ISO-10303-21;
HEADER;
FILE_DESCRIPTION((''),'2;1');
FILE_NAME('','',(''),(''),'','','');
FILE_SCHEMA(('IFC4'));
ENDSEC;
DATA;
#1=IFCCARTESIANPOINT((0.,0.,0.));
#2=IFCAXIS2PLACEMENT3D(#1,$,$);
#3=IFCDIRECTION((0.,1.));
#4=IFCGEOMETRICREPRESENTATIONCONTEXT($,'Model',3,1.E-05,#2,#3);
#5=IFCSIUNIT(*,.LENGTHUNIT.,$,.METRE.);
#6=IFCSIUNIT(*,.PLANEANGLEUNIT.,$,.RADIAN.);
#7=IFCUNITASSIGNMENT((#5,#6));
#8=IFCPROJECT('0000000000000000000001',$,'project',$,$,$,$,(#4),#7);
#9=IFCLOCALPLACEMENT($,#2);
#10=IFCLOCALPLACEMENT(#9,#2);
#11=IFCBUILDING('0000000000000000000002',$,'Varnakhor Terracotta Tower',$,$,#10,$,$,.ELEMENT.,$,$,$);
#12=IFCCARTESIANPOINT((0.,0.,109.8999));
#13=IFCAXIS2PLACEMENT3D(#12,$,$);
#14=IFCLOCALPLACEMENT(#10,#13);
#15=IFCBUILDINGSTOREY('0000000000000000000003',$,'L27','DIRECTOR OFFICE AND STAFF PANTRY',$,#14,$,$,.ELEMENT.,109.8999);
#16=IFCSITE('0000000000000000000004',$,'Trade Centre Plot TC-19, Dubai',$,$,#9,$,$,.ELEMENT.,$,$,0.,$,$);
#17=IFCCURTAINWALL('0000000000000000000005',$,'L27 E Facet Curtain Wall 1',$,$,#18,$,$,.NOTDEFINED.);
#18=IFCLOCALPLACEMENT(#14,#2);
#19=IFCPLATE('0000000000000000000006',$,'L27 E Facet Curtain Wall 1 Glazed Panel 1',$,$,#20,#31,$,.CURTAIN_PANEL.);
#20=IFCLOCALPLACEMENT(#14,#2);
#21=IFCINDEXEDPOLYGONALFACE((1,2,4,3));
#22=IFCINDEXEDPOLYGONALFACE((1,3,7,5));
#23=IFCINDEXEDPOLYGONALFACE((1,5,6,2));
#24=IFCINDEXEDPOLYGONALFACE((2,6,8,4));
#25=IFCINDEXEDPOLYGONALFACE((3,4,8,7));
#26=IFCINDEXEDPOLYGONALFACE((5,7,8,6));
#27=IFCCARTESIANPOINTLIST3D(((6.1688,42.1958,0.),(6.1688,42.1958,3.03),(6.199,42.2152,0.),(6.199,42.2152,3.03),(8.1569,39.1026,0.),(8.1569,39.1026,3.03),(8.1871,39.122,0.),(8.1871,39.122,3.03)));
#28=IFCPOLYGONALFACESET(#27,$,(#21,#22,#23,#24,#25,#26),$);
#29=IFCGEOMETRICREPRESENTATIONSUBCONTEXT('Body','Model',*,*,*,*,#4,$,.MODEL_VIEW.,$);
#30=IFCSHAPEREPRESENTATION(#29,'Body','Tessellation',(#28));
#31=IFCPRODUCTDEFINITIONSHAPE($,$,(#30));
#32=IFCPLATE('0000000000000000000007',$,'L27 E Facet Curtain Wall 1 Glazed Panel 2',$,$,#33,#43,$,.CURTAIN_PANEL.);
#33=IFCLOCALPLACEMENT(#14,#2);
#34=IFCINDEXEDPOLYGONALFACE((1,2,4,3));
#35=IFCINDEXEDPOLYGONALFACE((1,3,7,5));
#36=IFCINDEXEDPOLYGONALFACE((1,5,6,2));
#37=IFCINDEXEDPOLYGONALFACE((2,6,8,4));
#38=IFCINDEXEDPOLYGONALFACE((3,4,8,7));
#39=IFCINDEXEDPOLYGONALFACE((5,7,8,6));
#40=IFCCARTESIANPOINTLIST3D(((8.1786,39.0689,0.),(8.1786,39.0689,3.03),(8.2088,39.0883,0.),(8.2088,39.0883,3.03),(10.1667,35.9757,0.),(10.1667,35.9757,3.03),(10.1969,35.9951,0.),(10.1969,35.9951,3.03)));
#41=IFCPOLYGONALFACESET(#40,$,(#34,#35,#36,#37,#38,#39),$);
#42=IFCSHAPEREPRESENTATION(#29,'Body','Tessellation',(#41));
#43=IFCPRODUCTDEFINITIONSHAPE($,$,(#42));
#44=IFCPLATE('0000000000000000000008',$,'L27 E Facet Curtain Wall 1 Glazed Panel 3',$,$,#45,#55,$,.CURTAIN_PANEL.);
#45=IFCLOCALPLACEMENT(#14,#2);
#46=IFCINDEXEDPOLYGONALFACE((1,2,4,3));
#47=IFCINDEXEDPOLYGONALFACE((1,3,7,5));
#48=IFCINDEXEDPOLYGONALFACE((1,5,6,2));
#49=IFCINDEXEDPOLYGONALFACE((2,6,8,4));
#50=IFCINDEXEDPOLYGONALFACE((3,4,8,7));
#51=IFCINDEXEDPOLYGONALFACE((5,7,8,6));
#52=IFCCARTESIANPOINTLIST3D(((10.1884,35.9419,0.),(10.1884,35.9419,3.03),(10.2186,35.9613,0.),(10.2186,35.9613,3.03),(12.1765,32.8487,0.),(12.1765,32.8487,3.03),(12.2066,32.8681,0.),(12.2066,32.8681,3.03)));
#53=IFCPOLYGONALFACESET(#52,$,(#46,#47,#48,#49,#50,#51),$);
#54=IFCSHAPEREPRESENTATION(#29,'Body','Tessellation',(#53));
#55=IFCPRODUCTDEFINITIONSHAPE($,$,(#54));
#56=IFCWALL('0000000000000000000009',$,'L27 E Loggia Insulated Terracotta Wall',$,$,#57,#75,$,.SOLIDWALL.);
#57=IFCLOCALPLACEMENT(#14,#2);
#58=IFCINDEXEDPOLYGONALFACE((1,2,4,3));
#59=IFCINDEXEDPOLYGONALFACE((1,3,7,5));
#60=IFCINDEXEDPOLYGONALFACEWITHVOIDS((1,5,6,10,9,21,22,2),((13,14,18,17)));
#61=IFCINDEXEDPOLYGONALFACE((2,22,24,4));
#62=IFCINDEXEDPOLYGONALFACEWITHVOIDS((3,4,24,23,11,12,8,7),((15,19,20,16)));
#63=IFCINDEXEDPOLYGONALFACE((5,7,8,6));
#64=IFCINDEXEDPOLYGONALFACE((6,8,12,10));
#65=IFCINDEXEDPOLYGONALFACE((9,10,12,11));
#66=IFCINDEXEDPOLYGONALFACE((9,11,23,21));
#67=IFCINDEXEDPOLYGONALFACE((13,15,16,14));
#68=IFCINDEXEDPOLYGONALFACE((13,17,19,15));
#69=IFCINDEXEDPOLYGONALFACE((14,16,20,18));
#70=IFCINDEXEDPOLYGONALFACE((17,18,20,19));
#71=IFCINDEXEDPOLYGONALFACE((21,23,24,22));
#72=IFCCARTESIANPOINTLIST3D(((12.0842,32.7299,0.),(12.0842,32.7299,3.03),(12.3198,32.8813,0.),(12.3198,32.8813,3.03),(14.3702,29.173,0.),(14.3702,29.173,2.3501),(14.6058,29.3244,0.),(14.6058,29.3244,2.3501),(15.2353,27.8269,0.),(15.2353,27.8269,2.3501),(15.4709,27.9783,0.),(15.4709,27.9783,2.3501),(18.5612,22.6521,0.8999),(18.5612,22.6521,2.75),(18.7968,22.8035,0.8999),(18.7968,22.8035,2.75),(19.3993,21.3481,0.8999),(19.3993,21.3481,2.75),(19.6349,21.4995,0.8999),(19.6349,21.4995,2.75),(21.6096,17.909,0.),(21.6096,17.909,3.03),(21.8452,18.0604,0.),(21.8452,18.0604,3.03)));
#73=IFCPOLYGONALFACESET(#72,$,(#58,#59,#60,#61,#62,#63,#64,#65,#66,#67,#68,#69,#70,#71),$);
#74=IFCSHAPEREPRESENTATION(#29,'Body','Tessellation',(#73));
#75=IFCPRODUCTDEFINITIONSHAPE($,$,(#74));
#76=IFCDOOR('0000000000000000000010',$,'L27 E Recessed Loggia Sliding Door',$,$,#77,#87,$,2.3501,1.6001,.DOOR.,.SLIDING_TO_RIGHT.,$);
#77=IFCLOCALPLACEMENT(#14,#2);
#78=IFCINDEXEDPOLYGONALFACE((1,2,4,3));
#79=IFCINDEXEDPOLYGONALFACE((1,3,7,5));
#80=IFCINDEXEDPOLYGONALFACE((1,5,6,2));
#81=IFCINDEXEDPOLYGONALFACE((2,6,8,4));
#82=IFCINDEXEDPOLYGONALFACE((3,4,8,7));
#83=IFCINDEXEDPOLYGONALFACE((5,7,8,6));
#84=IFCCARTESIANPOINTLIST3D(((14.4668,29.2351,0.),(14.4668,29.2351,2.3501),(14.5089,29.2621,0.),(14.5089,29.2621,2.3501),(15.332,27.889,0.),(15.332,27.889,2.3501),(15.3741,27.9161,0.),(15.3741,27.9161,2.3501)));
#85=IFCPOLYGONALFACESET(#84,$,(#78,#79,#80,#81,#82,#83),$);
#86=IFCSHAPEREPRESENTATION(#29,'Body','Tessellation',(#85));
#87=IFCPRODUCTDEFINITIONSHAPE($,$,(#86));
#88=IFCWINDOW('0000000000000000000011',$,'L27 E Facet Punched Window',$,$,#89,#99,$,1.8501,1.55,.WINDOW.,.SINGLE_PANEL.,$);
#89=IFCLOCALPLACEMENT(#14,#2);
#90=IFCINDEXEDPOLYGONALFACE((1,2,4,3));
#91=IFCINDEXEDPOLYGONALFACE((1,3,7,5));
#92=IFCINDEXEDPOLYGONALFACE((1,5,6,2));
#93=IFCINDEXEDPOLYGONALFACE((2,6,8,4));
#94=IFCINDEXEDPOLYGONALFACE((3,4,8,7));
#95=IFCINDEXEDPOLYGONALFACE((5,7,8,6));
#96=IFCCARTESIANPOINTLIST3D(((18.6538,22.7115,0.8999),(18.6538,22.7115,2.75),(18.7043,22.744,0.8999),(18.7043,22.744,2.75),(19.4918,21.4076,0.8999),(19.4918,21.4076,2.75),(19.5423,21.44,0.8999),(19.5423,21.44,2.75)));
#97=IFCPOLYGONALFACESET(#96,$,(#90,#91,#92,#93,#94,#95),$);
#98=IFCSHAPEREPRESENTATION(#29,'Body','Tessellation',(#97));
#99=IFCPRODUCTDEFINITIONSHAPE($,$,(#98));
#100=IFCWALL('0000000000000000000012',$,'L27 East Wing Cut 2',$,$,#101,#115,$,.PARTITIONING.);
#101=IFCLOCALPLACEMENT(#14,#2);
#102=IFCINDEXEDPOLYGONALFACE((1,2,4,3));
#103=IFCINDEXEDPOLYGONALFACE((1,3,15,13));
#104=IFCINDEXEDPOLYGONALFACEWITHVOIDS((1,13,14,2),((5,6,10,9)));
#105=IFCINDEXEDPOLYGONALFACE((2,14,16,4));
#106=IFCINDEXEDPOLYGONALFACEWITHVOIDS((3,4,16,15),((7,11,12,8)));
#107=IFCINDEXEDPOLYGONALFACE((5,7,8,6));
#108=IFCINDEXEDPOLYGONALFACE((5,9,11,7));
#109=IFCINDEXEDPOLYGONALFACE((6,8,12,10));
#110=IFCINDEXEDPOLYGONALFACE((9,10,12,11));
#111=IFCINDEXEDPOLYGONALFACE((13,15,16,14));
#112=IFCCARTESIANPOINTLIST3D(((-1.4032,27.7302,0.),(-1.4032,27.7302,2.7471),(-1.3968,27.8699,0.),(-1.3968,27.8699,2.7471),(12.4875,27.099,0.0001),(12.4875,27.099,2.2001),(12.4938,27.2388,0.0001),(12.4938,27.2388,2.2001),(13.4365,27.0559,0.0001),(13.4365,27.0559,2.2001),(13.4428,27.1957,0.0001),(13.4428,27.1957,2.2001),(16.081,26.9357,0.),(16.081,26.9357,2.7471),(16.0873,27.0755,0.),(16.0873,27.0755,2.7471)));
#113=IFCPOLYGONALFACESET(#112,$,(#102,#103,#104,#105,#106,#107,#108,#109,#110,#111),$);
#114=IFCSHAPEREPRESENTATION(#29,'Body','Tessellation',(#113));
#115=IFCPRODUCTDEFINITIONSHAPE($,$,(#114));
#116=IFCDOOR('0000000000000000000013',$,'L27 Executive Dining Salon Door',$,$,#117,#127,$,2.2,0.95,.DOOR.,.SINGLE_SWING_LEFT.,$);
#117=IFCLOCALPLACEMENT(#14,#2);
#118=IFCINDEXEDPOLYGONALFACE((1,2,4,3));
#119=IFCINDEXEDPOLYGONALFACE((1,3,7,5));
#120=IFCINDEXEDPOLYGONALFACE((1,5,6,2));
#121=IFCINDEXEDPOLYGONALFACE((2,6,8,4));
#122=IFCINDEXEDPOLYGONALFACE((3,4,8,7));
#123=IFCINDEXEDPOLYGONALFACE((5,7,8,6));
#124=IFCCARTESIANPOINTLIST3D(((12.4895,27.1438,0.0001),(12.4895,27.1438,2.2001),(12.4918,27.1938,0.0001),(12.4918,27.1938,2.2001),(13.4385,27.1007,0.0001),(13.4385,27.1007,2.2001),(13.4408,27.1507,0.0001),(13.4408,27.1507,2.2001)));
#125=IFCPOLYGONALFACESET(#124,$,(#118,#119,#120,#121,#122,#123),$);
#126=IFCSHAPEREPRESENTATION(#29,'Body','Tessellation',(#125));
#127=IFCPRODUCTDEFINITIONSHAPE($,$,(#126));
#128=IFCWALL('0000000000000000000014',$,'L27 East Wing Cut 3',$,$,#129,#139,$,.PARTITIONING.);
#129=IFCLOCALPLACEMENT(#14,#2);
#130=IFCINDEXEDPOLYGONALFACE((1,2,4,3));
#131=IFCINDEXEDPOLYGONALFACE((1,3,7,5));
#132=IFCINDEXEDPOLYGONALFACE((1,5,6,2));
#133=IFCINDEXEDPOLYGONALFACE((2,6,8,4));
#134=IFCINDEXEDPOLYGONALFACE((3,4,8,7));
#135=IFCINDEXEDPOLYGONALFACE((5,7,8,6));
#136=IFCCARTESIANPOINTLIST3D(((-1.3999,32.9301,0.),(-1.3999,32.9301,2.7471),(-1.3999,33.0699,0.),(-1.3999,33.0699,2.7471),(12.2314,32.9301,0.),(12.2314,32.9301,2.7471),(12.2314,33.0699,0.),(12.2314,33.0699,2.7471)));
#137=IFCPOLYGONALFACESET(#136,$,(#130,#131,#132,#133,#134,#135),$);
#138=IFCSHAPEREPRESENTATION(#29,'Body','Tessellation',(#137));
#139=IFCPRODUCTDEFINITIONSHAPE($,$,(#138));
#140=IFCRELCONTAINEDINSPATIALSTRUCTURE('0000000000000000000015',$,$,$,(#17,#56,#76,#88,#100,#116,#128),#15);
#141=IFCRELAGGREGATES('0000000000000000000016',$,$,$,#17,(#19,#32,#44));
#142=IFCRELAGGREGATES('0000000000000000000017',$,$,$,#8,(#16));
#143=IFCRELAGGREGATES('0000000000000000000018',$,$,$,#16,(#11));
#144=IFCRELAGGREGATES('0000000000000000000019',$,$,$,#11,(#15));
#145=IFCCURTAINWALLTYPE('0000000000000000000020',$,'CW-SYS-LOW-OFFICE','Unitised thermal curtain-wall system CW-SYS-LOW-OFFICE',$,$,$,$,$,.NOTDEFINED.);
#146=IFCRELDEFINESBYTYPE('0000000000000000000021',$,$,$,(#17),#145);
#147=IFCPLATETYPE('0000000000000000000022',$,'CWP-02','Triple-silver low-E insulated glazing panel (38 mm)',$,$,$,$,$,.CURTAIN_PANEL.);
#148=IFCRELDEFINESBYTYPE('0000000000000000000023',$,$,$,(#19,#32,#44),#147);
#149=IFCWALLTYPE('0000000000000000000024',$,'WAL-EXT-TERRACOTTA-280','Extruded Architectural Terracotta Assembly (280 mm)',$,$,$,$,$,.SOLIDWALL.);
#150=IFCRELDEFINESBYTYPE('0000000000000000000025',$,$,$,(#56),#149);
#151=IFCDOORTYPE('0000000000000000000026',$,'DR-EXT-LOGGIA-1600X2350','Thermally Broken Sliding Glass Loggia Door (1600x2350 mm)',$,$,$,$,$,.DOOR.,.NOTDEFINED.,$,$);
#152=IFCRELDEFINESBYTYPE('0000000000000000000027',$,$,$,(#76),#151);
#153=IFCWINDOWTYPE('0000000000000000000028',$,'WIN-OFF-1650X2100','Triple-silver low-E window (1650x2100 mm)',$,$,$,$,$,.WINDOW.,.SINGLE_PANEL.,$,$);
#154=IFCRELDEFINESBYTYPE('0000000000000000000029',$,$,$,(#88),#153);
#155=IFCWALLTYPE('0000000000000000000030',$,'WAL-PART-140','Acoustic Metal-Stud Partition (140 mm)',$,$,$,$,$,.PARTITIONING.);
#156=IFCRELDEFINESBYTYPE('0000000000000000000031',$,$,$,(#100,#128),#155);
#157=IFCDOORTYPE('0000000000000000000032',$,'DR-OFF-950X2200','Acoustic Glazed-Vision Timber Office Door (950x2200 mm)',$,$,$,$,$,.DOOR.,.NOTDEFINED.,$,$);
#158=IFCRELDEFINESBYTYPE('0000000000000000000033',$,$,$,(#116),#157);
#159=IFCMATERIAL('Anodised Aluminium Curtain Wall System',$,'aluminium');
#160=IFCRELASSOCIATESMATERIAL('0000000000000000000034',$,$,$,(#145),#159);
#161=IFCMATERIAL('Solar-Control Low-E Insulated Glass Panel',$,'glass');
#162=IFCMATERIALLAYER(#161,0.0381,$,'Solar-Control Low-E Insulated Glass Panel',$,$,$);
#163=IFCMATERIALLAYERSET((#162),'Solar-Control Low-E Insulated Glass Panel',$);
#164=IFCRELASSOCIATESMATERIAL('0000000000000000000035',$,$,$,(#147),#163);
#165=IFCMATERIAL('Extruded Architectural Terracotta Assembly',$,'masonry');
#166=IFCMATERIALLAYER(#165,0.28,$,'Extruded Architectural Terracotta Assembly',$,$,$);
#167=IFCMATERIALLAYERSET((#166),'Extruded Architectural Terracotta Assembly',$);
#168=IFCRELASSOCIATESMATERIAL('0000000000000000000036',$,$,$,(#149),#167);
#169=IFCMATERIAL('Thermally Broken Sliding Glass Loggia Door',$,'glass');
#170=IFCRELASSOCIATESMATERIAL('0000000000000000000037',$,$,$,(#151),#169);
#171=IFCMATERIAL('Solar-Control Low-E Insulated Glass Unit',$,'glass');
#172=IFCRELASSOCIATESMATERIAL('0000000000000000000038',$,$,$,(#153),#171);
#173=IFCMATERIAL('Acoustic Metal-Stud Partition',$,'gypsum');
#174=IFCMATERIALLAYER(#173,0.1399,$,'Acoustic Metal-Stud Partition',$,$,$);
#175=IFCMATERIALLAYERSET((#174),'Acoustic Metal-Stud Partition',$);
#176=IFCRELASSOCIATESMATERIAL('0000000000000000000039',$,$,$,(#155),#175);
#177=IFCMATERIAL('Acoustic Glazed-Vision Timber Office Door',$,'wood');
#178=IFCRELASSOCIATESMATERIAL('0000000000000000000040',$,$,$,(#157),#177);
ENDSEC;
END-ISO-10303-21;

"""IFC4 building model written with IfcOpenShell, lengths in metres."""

from ifc_helpers import new_model, si_unit, direction, frame, frame_2d, origin, origin_2d, place, context, subcontext, project, spatial, rectangle, extrude, source, transform, mapped, material, layer, layer_set, type_object, type_shapes, element, fill, aggregate, save


model = new_model("IFC4")

# Units and contexts
model_context = context("Model", 3, precision=1e-05, world=origin(), true_north=direction((0.0, 1.0)))
body_context = subcontext(model_context, "Body", "Model", "MODEL_VIEW")
ifc_project = project(units=[si_unit("LENGTHUNIT", "METRE"), si_unit("PLANEANGLEUNIT", "RADIAN")], contexts=[model_context])

# Site, building, storey
site_placement = place(None, origin())
site = spatial("IfcSite", under=ifc_project, at=site_placement, Name="Trade Centre Plot TC-19, Dubai", CompositionType="ELEMENT", RefElevation=0.0)
building_placement = place(site_placement, origin())
building = spatial("IfcBuilding", under=site, at=building_placement, Name="Varnakhor Terracotta Tower", CompositionType="ELEMENT")
storey_placement = place(building_placement, frame((0.0, 0.0, 109.8999)))
storey = spatial("IfcBuildingStorey", under=building, at=storey_placement, Name="L27", Description="DIRECTOR OFFICE AND STAFF PANTRY", CompositionType="ELEMENT", Elevation=109.8999)

# Curtain wall
ifc_material_1 = material(Name="Anodised Aluminium Curtain Wall System", Category="aluminium")
curtain_wall_type = type_object("IfcCurtainWallType", Name="CW-SYS-LOW-OFFICE", Description="Unitised thermal curtain-wall system CW-SYS-LOW-OFFICE", PredefinedType="NOTDEFINED", material=ifc_material_1)
curtain_wall_1_placement = place(storey_placement, origin())
curtain_wall_1 = element("IfcCurtainWall", 1, at=curtain_wall_1_placement, inside=storey, type_object=curtain_wall_type, Name="L27 E Facet Curtain Wall 1", PredefinedType="NOTDEFINED")

# Plates
ifc_material_2 = material(Name="Solar-Control Low-E Insulated Glass Panel", Category="glass")
ifc_layer_1 = layer(ifc_material_2, 0.0381, Name="Solar-Control Low-E Insulated Glass Panel")
ifc_layer_set_1 = layer_set([ifc_layer_1], Name="Solar-Control Low-E Insulated Glass Panel")
plate_type = type_object("IfcPlateType", Name="CWP-02", Description="Triple-silver low-E insulated glazing panel (38 mm)", PredefinedType="CURTAIN_PANEL", material=ifc_layer_set_1)
shared_shape_1 = source(origin(), body_context, "Body", "SweptSolid", [
    extrude(rectangle(XDim=3.677, YDim=0.0359, at=origin_2d()), origin(), (0.0, 0.0, 1.0), 3.03),
])
plate_1_placement = place(storey_placement, frame((7.178, 40.6589, 0.0), z_axis=(0.0, 0.0, 1.0), x_axis=(0.540681, -0.841228, 0.0)))
plate_1 = element("IfcPlate", 2, at=plate_1_placement, type_object=plate_type, Name="L27 E Facet Curtain Wall 1 Glazed Panel 1", PredefinedType="CURTAIN_PANEL", context=body_context, shape_type="MappedRepresentation", body=[
    mapped(shared_shape_1, transform((0.0, 0.0, 0.0), scale=1.0)),
])
plate_2_placement = place(storey_placement, frame((9.1877, 37.532, 0.0), z_axis=(0.0, 0.0, 1.0), x_axis=(0.540681, -0.841228, 0.0)))
plate_2 = element("IfcPlate", 3, at=plate_2_placement, type_object=plate_type, Name="L27 E Facet Curtain Wall 1 Glazed Panel 2", PredefinedType="CURTAIN_PANEL", context=body_context, shape_type="MappedRepresentation", body=[
    mapped(shared_shape_1, transform((0.0, 0.0, 0.0), scale=1.0)),
])
plate_3_placement = place(storey_placement, frame((11.1975, 34.405, 0.0), z_axis=(0.0, 0.0, 1.0), x_axis=(0.540681, -0.841228, 0.0)))
plate_3 = element("IfcPlate", 4, at=plate_3_placement, type_object=plate_type, Name="L27 E Facet Curtain Wall 1 Glazed Panel 3", PredefinedType="CURTAIN_PANEL", context=body_context, shape_type="MappedRepresentation", body=[
    mapped(shared_shape_1, transform((0.0, 0.0, 0.0), scale=1.0)),
])
aggregate(curtain_wall_1, [plate_1, plate_2, plate_3])

# Wall, openings, door, window
ifc_material_3 = material(Name="Extruded Architectural Terracotta Assembly", Category="masonry")
ifc_layer_2 = layer(ifc_material_3, 0.28, Name="Extruded Architectural Terracotta Assembly")
ifc_layer_set_2 = layer_set([ifc_layer_2], Name="Extruded Architectural Terracotta Assembly")
wall_type_1 = type_object("IfcWallType", Name="WAL-EXT-TERRACOTTA-280", Description="Extruded Architectural Terracotta Assembly (280 mm)", PredefinedType="SOLIDWALL", material=ifc_layer_set_2)
wall_1_placement = place(storey_placement, frame((12.2019, 32.8057, 0.0), z_axis=(0.0, 0.0, 1.0), x_axis=(0.540667, -0.841237, 0.0)))
wall_1 = element("IfcWall", 5, at=wall_1_placement, inside=storey, type_object=wall_type_1, Name="L27 E Loggia Insulated Terracotta Wall", PredefinedType="SOLIDWALL", context=body_context, shape_type="SweptSolid", body=[
    extrude(rectangle(XDim=17.6179, YDim=0.28, at=frame_2d((8.8091, 0.0))), origin(), (0.0, 0.0, 1.0), 3.03),
])
opening_1_placement = place(wall_1_placement, frame((4.2283, 0.0, 0.0)))
opening_1 = element("IfcOpeningElement", 6, at=opening_1_placement, cuts=wall_1, PredefinedType="OPENING", context=body_context, shape_type="SweptSolid", body=[
    extrude(rectangle(XDim=1.6001, YDim=2.3501, at=frame_2d((0.8, 1.175))), frame((0.0, 0.1499, 0.0), z_axis=(0.0, -1.0, 0.0), x_axis=(1.0, 0.0, 0.0)), (0.0, 0.0, 1.0), 0.3),
])
opening_2_placement = place(wall_1_placement, frame((11.98, 0.0, 0.8999)))
opening_2 = element("IfcOpeningElement", 7, at=opening_2_placement, cuts=wall_1, PredefinedType="OPENING", context=body_context, shape_type="SweptSolid", body=[
    extrude(rectangle(XDim=1.55, YDim=1.8501, at=frame_2d((0.7749, 0.925))), frame((0.0, 0.1499, 0.0), z_axis=(0.0, -1.0, 0.0), x_axis=(1.0, 0.0, 0.0)), (0.0, 0.0, 1.0), 0.3),
])
ifc_material_4 = material(Name="Thermally Broken Sliding Glass Loggia Door", Category="glass")
door_type_1 = type_object("IfcDoorType", Name="DR-EXT-LOGGIA-1600X2350", Description="Thermally Broken Sliding Glass Loggia Door (1600x2350 mm)", OperationType="NOTDEFINED", PredefinedType="DOOR", material=ifc_material_4)
shared_shape_2 = source(origin(), body_context, "Body", "SweptSolid", [
    extrude(rectangle(XDim=1.6001, YDim=2.3501, at=frame_2d((0.8, 1.175))), frame((0.0, 0.0249, 0.0), z_axis=(0.0, -1.0, 0.0), x_axis=(1.0, 0.0, 0.0)), (0.0, 0.0, 1.0), 0.05),
])
type_shapes(door_type_1, [shared_shape_2])
door_1_placement = place(opening_1_placement, origin())
door_1 = element("IfcDoor", 8, at=door_1_placement, inside=storey, type_object=door_type_1, Name="L27 E Recessed Loggia Sliding Door", OperationType="SLIDING_TO_RIGHT", OverallHeight=2.3501, OverallWidth=1.6001, PredefinedType="DOOR", context=body_context, shape_type="MappedRepresentation", body=[
    mapped(shared_shape_2, transform((0.0, 0.0, 0.0), scale=1.0)),
])
fill(opening_1, door_1)
ifc_material_5 = material(Name="Solar-Control Low-E Insulated Glass Unit", Category="glass")
window_type = type_object("IfcWindowType", Name="WIN-OFF-1650X2100", Description="Triple-silver low-E window (1650x2100 mm)", PartitioningType="SINGLE_PANEL", PredefinedType="WINDOW", material=ifc_material_5)
shared_shape_3 = source(origin(), body_context, "Body", "SweptSolid", [
    extrude(rectangle(XDim=1.55, YDim=1.8501, at=frame_2d((0.7749, 0.925))), frame((0.0, 0.03, 0.0), z_axis=(0.0, -1.0, 0.0), x_axis=(1.0, 0.0, 0.0)), (0.0, 0.0, 1.0), 0.0601),
])
type_shapes(window_type, [shared_shape_3])
window_placement = place(opening_2_placement, origin())
window = element("IfcWindow", 9, at=window_placement, inside=storey, type_object=window_type, Name="L27 E Facet Punched Window", OverallHeight=1.8501, OverallWidth=1.55, PartitioningType="SINGLE_PANEL", PredefinedType="WINDOW", context=body_context, shape_type="MappedRepresentation", body=[
    mapped(shared_shape_3, transform((0.0, 0.0, 0.0), scale=1.0)),
])
fill(opening_2, window)

# Wall, opening, door
ifc_material_6 = material(Name="Acoustic Metal-Stud Partition", Category="gypsum")
ifc_layer_3 = layer(ifc_material_6, 0.1399, Name="Acoustic Metal-Stud Partition")
ifc_layer_set_3 = layer_set([ifc_layer_3], Name="Acoustic Metal-Stud Partition")
wall_type_2 = type_object("IfcWallType", Name="WAL-PART-140", Description="Acoustic Metal-Stud Partition (140 mm)", PredefinedType="PARTITIONING", material=ifc_layer_set_3)
wall_2_placement = place(storey_placement, frame((-1.3999, 27.8, 0.0), z_axis=(0.0, 0.0, 1.0), x_axis=(0.998969, -0.045391, 0.0)))
wall_2 = element("IfcWall", 10, at=wall_2_placement, inside=storey, type_object=wall_type_2, Name="L27 East Wing Cut 2", PredefinedType="PARTITIONING", context=body_context, shape_type="SweptSolid", body=[
    extrude(rectangle(XDim=17.5022, YDim=0.1399, at=frame_2d((8.751, 0.0))), origin(), (0.0, 0.0, 1.0), 2.7471),
])
opening_3_placement = place(wall_2_placement, frame((13.9048, 0.0, 0.0)))
opening_3 = element("IfcOpeningElement", 11, at=opening_3_placement, cuts=wall_2, PredefinedType="OPENING", context=body_context, shape_type="SweptSolid", body=[
    extrude(rectangle(XDim=0.95, YDim=2.2, at=frame_2d((0.4751, 1.1001))), frame((0.0, 0.0801, 0.0), z_axis=(0.0, -1.0, 0.0), x_axis=(1.0, 0.0, 0.0)), (0.0, 0.0, 1.0), 0.1599),
])
ifc_material_7 = material(Name="Acoustic Glazed-Vision Timber Office Door", Category="wood")
door_type_2 = type_object("IfcDoorType", Name="DR-OFF-950X2200", Description="Acoustic Glazed-Vision Timber Office Door (950x2200 mm)", OperationType="NOTDEFINED", PredefinedType="DOOR", material=ifc_material_7)
shared_shape_4 = source(origin(), body_context, "Body", "SweptSolid", [
    extrude(rectangle(XDim=0.95, YDim=2.2, at=frame_2d((0.4751, 1.1001))), frame((0.0, 0.0249, 0.0), z_axis=(0.0, -1.0, 0.0), x_axis=(1.0, 0.0, 0.0)), (0.0, 0.0, 1.0), 0.05),
])
type_shapes(door_type_2, [shared_shape_4])
door_2_placement = place(opening_3_placement, origin())
door_2 = element("IfcDoor", 12, at=door_2_placement, inside=storey, type_object=door_type_2, Name="L27 Executive Dining Salon Door", OperationType="SINGLE_SWING_LEFT", OverallHeight=2.2, OverallWidth=0.95, PredefinedType="DOOR", context=body_context, shape_type="MappedRepresentation", body=[
    mapped(shared_shape_4, transform((0.0, 0.0, 0.0), scale=1.0)),
])
fill(opening_3, door_2)

# Wall
wall_3_placement = place(storey_placement, frame((-1.3999, 33.0, 0.0), z_axis=(0.0, 0.0, 1.0), x_axis=(1.0, 0.0, 0.0)))
element("IfcWall", 13, at=wall_3_placement, inside=storey, type_object=wall_type_2, Name="L27 East Wing Cut 3", PredefinedType="PARTITIONING", context=body_context, shape_type="SweptSolid", body=[
    extrude(rectangle(XDim=13.6313, YDim=0.1399, at=frame_2d((6.8157, 0.0))), origin(), (0.0, 0.0, 1.0), 2.7471),
])

save(model, "model.ifc")
